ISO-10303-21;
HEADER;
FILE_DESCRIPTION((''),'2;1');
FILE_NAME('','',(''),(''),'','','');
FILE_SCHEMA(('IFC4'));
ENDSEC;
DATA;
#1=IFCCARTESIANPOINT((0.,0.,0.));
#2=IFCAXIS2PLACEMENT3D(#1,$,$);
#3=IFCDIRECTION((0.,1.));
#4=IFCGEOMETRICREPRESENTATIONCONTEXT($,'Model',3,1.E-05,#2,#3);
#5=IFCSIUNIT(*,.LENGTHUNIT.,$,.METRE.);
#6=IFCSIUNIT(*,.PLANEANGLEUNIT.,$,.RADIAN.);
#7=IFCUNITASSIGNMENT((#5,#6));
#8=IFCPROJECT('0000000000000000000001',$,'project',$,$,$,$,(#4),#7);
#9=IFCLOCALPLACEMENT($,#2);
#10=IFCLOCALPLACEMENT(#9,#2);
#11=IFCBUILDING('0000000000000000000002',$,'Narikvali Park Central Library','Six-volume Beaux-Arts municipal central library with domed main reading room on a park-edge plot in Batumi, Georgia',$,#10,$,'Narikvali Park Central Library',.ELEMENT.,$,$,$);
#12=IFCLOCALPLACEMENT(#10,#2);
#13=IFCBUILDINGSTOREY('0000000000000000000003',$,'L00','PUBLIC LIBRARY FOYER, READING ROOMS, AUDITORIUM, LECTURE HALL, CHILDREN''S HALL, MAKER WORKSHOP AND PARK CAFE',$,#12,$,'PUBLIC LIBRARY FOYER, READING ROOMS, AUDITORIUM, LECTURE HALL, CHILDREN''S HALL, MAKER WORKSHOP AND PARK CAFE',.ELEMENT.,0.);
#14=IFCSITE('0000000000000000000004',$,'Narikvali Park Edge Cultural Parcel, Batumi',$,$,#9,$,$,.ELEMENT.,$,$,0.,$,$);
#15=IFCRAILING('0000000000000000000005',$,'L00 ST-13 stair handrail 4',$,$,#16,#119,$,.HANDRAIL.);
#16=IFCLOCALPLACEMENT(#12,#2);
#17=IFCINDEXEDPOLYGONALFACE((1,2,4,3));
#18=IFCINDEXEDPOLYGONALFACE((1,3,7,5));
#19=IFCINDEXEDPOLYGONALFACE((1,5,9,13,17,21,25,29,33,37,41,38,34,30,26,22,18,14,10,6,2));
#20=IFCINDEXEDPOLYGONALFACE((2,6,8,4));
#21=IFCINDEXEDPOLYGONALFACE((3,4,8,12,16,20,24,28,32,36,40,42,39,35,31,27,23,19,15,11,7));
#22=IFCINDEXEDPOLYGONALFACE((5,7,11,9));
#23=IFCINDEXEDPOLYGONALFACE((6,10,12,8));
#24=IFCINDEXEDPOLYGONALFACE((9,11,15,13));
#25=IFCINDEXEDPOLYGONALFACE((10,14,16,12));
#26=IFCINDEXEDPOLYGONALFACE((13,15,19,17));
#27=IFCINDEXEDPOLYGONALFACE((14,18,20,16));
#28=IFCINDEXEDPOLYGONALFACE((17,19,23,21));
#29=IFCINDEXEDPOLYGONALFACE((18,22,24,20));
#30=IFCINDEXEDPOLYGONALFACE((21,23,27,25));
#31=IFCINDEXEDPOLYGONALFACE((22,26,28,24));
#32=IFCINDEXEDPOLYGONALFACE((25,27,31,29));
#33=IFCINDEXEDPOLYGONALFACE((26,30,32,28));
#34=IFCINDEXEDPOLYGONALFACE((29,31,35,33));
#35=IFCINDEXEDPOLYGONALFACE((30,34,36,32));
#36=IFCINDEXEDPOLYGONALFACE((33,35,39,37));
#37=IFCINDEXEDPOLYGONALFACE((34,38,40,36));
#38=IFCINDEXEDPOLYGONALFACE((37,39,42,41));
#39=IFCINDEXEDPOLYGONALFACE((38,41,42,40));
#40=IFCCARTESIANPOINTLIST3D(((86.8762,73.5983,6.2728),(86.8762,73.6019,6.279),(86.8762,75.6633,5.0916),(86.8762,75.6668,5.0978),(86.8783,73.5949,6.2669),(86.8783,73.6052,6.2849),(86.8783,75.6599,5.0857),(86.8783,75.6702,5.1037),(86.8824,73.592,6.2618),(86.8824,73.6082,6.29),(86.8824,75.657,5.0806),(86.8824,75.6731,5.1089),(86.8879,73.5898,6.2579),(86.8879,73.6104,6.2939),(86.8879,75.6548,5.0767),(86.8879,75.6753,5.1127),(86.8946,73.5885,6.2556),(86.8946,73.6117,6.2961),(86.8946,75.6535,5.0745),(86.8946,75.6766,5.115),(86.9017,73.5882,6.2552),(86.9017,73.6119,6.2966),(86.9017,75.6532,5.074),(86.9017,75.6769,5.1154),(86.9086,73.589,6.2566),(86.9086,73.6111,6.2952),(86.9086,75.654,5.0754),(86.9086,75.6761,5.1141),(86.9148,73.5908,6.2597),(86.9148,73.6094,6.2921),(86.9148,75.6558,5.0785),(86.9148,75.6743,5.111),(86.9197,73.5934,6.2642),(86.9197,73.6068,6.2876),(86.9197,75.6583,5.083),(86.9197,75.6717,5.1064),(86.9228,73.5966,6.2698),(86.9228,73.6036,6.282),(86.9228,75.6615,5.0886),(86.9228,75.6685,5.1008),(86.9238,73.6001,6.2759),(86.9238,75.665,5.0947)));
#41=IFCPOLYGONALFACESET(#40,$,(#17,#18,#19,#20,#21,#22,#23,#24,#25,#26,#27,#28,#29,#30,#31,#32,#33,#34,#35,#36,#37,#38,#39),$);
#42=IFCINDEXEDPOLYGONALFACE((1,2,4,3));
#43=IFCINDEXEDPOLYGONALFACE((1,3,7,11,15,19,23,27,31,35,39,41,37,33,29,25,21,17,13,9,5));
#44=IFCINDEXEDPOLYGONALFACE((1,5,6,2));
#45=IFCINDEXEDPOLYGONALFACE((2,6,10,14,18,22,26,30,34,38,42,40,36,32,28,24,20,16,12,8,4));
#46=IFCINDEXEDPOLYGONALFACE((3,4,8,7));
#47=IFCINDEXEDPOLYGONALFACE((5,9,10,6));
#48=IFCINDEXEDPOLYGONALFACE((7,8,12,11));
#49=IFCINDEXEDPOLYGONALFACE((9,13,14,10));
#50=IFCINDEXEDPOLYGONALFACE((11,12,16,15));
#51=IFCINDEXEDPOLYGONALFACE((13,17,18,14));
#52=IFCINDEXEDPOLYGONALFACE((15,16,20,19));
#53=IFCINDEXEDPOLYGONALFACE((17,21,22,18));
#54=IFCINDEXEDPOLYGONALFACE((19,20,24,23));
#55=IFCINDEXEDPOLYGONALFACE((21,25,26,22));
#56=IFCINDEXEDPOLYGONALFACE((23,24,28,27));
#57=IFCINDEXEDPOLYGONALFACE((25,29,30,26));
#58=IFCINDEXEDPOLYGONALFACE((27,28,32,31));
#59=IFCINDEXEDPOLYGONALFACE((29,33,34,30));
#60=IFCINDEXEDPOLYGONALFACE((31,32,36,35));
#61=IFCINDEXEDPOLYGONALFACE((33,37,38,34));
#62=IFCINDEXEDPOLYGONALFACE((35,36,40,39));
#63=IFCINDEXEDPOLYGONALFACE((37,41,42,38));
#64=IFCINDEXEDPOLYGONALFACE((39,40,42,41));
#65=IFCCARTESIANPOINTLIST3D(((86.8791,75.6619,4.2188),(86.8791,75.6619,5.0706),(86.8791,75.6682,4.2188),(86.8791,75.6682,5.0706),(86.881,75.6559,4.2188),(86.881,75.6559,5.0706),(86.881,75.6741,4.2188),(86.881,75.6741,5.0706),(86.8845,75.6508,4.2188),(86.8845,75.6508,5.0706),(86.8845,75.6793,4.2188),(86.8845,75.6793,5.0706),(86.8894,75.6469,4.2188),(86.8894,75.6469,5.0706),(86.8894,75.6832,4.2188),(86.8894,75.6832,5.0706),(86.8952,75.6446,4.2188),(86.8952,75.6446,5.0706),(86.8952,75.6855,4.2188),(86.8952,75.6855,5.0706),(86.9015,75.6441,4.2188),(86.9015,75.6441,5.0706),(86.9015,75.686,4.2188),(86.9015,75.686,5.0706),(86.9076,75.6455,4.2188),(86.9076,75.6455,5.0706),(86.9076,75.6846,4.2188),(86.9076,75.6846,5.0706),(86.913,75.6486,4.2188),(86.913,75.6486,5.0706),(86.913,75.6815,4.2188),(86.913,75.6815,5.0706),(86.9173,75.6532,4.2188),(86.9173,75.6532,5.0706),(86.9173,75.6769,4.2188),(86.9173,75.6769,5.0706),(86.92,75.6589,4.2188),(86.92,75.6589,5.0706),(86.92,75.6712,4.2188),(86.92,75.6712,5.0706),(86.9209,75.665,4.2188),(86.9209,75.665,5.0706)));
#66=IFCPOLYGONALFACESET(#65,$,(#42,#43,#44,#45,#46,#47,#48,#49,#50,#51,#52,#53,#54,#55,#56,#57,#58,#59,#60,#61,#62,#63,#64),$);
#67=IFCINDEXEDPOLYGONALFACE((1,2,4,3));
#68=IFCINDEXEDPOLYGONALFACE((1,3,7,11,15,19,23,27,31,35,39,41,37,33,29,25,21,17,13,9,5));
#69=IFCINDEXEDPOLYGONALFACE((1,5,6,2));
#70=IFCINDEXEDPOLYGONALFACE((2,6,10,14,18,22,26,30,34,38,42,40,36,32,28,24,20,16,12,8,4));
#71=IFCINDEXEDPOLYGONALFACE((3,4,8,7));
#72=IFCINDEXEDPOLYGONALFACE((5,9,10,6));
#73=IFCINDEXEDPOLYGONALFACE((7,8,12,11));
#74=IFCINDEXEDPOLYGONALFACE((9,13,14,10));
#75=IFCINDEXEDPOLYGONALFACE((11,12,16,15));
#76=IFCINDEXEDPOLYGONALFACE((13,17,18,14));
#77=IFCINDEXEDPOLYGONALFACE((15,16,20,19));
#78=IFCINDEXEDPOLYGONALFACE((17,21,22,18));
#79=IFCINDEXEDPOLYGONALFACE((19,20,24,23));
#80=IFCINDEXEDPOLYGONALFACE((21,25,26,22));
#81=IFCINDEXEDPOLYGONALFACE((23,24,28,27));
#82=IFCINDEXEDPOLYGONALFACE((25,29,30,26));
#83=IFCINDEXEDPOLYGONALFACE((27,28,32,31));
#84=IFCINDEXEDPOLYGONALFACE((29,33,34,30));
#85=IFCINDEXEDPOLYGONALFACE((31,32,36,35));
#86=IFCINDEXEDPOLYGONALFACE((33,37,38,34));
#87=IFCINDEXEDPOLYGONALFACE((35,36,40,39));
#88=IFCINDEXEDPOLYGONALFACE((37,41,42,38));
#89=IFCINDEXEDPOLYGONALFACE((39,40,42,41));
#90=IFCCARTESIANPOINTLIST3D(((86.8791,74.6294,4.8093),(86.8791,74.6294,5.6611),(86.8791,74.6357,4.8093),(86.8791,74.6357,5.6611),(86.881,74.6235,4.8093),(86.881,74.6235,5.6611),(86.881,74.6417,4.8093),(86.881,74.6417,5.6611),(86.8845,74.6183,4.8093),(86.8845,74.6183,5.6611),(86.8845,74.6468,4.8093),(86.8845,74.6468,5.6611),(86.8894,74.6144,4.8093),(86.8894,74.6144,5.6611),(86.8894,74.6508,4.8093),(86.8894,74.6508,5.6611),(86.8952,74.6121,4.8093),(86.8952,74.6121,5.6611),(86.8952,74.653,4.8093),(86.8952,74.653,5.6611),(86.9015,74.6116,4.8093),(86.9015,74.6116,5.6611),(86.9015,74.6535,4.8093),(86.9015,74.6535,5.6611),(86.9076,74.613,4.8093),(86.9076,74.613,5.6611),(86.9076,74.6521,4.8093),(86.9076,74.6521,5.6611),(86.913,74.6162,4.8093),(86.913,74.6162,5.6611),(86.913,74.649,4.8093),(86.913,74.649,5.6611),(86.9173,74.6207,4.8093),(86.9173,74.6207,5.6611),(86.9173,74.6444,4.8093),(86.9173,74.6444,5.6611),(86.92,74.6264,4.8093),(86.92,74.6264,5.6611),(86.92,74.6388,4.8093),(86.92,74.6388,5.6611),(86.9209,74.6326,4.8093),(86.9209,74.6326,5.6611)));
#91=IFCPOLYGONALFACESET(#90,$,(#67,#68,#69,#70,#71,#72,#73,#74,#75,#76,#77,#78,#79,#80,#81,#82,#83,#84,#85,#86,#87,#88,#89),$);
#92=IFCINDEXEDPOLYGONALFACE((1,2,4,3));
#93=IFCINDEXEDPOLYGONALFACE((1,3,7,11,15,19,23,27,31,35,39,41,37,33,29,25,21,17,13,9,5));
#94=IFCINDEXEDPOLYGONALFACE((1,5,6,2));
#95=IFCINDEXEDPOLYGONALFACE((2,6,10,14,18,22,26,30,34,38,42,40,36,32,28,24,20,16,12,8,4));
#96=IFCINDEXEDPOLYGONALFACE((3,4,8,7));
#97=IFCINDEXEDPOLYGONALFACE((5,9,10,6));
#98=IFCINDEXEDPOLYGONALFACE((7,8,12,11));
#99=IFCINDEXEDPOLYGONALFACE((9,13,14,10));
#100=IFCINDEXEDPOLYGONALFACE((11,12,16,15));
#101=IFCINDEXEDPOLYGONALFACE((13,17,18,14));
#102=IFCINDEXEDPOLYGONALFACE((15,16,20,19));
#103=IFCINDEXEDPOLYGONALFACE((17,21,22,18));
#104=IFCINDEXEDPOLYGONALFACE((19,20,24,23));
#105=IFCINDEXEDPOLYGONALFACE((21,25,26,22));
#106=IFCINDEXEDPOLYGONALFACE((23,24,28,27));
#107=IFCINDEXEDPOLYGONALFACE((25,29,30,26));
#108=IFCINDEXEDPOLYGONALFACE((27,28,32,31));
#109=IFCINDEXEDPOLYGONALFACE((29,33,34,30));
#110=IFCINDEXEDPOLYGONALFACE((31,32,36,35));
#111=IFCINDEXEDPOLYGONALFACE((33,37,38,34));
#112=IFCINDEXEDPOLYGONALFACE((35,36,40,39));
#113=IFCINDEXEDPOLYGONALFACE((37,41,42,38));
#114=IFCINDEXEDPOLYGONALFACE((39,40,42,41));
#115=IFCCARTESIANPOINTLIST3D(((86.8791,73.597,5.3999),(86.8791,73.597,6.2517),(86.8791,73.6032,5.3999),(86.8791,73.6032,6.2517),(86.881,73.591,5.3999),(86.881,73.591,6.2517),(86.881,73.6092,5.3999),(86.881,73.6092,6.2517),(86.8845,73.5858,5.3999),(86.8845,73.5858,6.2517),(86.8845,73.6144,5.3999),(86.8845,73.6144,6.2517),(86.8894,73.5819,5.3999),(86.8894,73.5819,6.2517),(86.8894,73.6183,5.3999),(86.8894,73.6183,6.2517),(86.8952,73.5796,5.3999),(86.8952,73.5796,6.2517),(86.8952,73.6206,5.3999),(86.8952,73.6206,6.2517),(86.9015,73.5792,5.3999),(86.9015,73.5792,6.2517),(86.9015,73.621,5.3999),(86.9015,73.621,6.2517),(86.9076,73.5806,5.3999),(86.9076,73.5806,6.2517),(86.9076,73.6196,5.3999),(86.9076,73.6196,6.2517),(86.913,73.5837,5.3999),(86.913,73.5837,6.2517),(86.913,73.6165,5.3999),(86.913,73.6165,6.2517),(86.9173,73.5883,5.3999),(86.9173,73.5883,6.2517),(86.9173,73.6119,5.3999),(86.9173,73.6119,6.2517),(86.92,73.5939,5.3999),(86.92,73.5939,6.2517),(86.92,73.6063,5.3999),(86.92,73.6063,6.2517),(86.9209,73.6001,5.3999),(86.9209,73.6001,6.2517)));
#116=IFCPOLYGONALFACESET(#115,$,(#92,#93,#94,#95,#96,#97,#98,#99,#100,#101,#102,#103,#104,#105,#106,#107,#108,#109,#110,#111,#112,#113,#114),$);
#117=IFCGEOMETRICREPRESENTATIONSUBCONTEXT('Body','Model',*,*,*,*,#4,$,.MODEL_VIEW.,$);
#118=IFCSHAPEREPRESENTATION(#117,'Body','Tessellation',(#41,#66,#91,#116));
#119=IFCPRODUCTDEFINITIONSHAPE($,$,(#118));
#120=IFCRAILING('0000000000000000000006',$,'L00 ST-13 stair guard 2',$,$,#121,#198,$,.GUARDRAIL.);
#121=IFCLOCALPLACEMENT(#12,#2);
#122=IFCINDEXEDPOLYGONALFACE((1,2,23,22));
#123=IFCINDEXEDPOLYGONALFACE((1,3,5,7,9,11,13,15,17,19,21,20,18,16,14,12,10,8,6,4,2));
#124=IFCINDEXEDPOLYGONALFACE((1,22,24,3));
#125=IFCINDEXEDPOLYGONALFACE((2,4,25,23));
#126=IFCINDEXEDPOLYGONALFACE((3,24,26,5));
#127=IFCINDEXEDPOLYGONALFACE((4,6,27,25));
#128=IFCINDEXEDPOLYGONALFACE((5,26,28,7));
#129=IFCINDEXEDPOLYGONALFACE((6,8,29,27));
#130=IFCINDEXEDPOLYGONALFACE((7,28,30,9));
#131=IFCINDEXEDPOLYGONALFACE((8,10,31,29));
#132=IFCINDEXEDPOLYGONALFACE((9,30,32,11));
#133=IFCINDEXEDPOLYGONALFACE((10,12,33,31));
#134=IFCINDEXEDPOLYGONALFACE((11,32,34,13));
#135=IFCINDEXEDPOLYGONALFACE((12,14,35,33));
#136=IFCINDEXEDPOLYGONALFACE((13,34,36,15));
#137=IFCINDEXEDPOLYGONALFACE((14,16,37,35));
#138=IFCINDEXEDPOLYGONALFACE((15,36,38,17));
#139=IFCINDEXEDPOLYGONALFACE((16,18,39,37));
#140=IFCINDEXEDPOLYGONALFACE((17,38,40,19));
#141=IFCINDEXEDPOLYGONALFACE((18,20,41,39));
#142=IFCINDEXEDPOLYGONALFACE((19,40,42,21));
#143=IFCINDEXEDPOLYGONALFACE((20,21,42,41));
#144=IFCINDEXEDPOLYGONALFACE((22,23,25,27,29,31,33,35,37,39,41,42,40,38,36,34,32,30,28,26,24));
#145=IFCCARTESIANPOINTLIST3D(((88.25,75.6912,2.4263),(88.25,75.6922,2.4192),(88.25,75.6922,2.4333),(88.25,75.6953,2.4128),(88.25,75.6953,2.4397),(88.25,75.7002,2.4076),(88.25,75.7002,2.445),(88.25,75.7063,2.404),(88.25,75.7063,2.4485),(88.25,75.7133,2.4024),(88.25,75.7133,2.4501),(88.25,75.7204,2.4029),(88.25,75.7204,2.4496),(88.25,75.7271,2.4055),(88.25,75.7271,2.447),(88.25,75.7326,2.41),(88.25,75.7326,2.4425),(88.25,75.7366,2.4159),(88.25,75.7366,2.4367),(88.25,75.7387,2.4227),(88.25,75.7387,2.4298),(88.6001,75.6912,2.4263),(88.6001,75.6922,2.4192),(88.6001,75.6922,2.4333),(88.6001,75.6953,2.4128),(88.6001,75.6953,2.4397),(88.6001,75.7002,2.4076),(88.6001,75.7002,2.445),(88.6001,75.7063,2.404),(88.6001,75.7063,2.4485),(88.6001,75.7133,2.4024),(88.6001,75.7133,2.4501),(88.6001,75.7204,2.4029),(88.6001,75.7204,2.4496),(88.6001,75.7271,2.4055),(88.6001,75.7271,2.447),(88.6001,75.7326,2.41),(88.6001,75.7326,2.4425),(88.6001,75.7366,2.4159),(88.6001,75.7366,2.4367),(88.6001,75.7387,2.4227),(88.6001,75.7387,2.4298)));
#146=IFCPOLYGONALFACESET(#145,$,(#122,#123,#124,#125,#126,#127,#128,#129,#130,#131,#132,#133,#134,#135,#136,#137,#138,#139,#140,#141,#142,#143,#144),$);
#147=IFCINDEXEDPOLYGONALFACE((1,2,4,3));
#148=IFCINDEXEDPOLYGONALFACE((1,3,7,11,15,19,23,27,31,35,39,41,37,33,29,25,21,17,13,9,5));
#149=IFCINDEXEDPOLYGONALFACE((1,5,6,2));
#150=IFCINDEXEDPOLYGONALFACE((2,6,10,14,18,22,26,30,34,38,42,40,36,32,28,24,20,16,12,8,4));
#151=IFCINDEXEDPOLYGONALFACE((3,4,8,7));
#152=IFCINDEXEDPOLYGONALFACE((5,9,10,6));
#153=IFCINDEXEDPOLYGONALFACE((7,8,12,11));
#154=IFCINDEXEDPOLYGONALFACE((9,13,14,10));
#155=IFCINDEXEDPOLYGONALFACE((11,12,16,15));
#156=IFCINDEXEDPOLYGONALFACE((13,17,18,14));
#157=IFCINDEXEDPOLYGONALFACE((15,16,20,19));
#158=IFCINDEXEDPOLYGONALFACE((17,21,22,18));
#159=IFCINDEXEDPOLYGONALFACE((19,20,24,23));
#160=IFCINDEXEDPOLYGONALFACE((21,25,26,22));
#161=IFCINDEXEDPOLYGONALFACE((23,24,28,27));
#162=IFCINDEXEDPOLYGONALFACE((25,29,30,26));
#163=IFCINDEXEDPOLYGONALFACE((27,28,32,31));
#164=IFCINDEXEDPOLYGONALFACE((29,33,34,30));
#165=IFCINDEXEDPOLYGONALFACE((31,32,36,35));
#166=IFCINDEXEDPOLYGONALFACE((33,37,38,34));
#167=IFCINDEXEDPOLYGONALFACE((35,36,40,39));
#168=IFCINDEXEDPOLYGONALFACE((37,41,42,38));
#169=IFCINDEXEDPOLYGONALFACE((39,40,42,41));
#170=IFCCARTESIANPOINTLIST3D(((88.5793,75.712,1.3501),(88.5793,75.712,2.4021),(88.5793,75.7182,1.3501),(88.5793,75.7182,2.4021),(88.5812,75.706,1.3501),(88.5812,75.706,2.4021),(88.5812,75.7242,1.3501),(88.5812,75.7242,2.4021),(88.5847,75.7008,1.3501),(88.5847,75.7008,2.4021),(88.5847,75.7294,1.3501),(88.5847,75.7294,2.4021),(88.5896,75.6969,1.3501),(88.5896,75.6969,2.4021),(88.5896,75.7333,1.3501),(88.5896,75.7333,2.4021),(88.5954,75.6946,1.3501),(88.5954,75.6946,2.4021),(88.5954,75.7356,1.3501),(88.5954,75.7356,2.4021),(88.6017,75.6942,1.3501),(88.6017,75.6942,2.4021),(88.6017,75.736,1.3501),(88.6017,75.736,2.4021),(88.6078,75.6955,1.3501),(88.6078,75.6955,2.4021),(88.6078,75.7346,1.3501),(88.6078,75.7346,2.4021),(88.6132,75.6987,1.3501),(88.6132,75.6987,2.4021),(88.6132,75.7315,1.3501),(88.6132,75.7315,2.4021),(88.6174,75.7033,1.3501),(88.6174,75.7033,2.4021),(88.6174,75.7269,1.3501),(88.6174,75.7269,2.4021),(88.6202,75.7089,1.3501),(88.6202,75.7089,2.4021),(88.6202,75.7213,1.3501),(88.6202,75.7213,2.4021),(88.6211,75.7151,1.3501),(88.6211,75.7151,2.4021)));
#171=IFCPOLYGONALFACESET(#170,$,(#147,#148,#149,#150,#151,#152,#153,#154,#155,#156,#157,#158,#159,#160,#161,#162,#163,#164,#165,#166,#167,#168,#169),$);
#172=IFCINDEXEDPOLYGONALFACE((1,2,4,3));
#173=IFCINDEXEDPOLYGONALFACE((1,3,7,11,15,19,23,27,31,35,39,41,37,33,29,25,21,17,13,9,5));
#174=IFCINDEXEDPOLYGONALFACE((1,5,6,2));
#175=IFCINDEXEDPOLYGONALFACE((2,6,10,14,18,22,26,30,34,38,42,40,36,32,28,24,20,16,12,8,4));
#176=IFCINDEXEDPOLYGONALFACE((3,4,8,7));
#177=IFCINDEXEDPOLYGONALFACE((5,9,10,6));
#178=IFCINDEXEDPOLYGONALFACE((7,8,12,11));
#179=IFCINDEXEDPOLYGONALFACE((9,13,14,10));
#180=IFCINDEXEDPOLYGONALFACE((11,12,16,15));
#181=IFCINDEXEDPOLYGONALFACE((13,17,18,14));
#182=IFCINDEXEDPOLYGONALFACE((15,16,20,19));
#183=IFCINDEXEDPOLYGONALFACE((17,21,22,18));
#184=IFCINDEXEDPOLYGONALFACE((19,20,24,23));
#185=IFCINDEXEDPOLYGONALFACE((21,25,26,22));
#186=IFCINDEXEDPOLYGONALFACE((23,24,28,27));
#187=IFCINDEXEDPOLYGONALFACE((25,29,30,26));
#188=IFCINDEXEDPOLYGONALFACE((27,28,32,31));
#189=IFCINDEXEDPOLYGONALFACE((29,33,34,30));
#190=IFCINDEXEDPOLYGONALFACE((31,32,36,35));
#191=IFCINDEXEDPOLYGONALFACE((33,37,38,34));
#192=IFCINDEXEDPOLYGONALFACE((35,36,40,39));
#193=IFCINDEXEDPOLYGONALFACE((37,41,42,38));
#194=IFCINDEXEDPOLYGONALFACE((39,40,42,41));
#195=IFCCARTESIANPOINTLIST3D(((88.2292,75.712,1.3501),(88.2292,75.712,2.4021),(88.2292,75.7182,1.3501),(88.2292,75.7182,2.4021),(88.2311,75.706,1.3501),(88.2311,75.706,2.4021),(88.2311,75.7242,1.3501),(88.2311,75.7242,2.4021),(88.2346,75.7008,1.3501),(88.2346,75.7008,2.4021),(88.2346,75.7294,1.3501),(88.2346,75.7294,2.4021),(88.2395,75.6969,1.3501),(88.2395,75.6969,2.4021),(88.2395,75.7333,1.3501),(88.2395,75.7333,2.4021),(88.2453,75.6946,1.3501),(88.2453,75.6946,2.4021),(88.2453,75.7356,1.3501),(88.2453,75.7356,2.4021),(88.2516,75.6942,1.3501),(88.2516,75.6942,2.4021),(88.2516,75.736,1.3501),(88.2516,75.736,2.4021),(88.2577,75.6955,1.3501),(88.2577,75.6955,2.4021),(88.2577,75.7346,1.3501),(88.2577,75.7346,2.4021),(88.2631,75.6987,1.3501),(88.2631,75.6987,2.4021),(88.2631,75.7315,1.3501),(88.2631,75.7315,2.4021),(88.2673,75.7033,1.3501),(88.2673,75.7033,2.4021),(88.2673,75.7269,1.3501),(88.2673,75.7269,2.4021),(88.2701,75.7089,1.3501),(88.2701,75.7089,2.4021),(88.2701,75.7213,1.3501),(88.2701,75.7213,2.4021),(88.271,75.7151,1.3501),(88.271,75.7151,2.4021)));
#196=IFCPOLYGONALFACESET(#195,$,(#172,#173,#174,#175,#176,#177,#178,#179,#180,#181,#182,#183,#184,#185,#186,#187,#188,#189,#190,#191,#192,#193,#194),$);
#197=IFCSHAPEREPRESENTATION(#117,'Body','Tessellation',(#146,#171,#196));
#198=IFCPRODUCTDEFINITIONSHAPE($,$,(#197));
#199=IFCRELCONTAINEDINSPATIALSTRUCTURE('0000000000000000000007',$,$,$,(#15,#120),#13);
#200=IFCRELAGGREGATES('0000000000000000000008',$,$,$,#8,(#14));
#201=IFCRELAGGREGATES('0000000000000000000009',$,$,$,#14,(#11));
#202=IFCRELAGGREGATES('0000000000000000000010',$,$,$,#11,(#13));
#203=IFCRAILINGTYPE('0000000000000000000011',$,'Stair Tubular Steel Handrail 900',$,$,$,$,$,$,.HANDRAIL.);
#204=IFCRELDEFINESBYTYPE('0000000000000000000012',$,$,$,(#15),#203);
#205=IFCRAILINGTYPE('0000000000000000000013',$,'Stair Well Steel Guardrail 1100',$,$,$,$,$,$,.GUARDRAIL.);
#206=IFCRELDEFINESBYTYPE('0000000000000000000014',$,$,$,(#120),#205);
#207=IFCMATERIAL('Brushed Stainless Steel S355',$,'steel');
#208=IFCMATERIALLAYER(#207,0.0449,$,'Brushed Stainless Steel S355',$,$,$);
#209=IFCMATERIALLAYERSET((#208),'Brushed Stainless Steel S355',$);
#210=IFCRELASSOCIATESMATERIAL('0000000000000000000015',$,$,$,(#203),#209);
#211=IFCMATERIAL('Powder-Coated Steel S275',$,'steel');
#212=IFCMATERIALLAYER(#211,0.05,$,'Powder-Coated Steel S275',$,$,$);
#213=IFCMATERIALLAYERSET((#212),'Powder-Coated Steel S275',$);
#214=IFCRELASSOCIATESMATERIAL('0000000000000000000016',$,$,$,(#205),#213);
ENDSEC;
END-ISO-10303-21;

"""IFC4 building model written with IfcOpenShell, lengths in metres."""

from ifc_helpers import new_model, si_unit, direction, frame, origin, origin_2d, place, context, subcontext, project, spatial, circle, extrude, material, layer, layer_set, type_object, element, save


model = new_model("IFC4")

# Units and contexts
model_context = context("Model", 3, precision=1e-05, world=origin(), true_north=direction((0.0, 1.0)))
body_context = subcontext(model_context, "Body", "Model", "MODEL_VIEW")
ifc_project = project(units=[si_unit("LENGTHUNIT", "METRE"), si_unit("PLANEANGLEUNIT", "RADIAN")], contexts=[model_context])

# Site, building, storey
site_placement = place(None, origin())
site = spatial("IfcSite", under=ifc_project, at=site_placement, Name="Narikvali Park Edge Cultural Parcel, Batumi", CompositionType="ELEMENT", RefElevation=0.0)
building_placement = place(site_placement, origin())
building = spatial("IfcBuilding", under=site, at=building_placement, Name="Narikvali Park Central Library", Description="Six-volume Beaux-Arts municipal central library with domed main reading room on a park-edge plot in Batumi, Georgia", LongName="Narikvali Park Central Library", CompositionType="ELEMENT")
storey_placement = place(building_placement, origin())
storey = spatial("IfcBuildingStorey", under=building, at=storey_placement, Name="L00", Description="PUBLIC LIBRARY FOYER, READING ROOMS, AUDITORIUM, LECTURE HALL, CHILDREN'S HALL, MAKER WORKSHOP AND PARK CAFE", LongName="PUBLIC LIBRARY FOYER, READING ROOMS, AUDITORIUM, LECTURE HALL, CHILDREN'S HALL, MAKER WORKSHOP AND PARK CAFE", CompositionType="ELEMENT", Elevation=0.0)

# Railings
ifc_material_1 = material(Name="Brushed Stainless Steel S355", Category="steel")
ifc_layer_1 = layer(ifc_material_1, 0.0449, Name="Brushed Stainless Steel S355")
ifc_layer_set_1 = layer_set([ifc_layer_1], Name="Brushed Stainless Steel S355")
railing_type_1 = type_object("IfcRailingType", Name="Stair Tubular Steel Handrail 900", PredefinedType="HANDRAIL", material=ifc_layer_set_1)
for number, where, name in (
    (1, (86.8999, 75.665, 4.2188), "L00 ST-13 stair handrail 4"),
):
    element("IfcRailing", number, at=place(storey_placement, frame(where)), inside=storey, type_object=railing_type_1, Name=name, PredefinedType="HANDRAIL", context=body_context, shape_type="SweptSolid", body=[
        extrude(circle(Radius=0.0239, at=origin_2d()), frame((0.0, 0.0, 0.876), z_axis=(0.0, -0.868028, 0.496515), x_axis=(1.0, 0.0, 0.0)), (0.0, 0.0, 1.0), 2.3789),
        extrude(circle(Radius=0.021, at=origin_2d()), origin(), (0.0, 0.0, 1.0), 0.8518),
        extrude(circle(Radius=0.021, at=origin_2d()), frame((0.0, -1.0325, 0.5906)), (0.0, 0.0, 1.0), 0.8518),
        extrude(circle(Radius=0.021, at=origin_2d()), frame((0.0, -2.0649, 1.1812)), (0.0, 0.0, 1.0), 0.8518),
    ])
ifc_material_2 = material(Name="Powder-Coated Steel S275", Category="steel")
ifc_layer_2 = layer(ifc_material_2, 0.05, Name="Powder-Coated Steel S275")
ifc_layer_set_2 = layer_set([ifc_layer_2], Name="Powder-Coated Steel S275")
railing_type_2 = type_object("IfcRailingType", Name="Stair Well Steel Guardrail 1100", PredefinedType="GUARDRAIL", material=ifc_layer_set_2)
railing_1_placement = place(storey_placement, frame((88.6001, 75.7151, 1.3501)))
element("IfcRailing", 2, at=railing_1_placement, inside=storey, type_object=railing_type_2, Name="L00 ST-13 stair guard 2", PredefinedType="GUARDRAIL", context=body_context, shape_type="SweptSolid", body=[
    extrude(circle(Radius=0.0239, at=origin_2d()), frame((0.0, 0.0, 1.0762), z_axis=(-1.0, 0.0, 0.0), x_axis=(0.0, -1.0, 0.0)), (0.0, 0.0, 1.0), 0.3501),
    extrude(circle(Radius=0.021, at=origin_2d()), origin(), (0.0, 0.0, 1.0), 1.052),
    extrude(circle(Radius=0.021, at=origin_2d()), frame((-0.3501, 0.0, 0.0)), (0.0, 0.0, 1.0), 1.052),
])

save(model, "model.ifc")
